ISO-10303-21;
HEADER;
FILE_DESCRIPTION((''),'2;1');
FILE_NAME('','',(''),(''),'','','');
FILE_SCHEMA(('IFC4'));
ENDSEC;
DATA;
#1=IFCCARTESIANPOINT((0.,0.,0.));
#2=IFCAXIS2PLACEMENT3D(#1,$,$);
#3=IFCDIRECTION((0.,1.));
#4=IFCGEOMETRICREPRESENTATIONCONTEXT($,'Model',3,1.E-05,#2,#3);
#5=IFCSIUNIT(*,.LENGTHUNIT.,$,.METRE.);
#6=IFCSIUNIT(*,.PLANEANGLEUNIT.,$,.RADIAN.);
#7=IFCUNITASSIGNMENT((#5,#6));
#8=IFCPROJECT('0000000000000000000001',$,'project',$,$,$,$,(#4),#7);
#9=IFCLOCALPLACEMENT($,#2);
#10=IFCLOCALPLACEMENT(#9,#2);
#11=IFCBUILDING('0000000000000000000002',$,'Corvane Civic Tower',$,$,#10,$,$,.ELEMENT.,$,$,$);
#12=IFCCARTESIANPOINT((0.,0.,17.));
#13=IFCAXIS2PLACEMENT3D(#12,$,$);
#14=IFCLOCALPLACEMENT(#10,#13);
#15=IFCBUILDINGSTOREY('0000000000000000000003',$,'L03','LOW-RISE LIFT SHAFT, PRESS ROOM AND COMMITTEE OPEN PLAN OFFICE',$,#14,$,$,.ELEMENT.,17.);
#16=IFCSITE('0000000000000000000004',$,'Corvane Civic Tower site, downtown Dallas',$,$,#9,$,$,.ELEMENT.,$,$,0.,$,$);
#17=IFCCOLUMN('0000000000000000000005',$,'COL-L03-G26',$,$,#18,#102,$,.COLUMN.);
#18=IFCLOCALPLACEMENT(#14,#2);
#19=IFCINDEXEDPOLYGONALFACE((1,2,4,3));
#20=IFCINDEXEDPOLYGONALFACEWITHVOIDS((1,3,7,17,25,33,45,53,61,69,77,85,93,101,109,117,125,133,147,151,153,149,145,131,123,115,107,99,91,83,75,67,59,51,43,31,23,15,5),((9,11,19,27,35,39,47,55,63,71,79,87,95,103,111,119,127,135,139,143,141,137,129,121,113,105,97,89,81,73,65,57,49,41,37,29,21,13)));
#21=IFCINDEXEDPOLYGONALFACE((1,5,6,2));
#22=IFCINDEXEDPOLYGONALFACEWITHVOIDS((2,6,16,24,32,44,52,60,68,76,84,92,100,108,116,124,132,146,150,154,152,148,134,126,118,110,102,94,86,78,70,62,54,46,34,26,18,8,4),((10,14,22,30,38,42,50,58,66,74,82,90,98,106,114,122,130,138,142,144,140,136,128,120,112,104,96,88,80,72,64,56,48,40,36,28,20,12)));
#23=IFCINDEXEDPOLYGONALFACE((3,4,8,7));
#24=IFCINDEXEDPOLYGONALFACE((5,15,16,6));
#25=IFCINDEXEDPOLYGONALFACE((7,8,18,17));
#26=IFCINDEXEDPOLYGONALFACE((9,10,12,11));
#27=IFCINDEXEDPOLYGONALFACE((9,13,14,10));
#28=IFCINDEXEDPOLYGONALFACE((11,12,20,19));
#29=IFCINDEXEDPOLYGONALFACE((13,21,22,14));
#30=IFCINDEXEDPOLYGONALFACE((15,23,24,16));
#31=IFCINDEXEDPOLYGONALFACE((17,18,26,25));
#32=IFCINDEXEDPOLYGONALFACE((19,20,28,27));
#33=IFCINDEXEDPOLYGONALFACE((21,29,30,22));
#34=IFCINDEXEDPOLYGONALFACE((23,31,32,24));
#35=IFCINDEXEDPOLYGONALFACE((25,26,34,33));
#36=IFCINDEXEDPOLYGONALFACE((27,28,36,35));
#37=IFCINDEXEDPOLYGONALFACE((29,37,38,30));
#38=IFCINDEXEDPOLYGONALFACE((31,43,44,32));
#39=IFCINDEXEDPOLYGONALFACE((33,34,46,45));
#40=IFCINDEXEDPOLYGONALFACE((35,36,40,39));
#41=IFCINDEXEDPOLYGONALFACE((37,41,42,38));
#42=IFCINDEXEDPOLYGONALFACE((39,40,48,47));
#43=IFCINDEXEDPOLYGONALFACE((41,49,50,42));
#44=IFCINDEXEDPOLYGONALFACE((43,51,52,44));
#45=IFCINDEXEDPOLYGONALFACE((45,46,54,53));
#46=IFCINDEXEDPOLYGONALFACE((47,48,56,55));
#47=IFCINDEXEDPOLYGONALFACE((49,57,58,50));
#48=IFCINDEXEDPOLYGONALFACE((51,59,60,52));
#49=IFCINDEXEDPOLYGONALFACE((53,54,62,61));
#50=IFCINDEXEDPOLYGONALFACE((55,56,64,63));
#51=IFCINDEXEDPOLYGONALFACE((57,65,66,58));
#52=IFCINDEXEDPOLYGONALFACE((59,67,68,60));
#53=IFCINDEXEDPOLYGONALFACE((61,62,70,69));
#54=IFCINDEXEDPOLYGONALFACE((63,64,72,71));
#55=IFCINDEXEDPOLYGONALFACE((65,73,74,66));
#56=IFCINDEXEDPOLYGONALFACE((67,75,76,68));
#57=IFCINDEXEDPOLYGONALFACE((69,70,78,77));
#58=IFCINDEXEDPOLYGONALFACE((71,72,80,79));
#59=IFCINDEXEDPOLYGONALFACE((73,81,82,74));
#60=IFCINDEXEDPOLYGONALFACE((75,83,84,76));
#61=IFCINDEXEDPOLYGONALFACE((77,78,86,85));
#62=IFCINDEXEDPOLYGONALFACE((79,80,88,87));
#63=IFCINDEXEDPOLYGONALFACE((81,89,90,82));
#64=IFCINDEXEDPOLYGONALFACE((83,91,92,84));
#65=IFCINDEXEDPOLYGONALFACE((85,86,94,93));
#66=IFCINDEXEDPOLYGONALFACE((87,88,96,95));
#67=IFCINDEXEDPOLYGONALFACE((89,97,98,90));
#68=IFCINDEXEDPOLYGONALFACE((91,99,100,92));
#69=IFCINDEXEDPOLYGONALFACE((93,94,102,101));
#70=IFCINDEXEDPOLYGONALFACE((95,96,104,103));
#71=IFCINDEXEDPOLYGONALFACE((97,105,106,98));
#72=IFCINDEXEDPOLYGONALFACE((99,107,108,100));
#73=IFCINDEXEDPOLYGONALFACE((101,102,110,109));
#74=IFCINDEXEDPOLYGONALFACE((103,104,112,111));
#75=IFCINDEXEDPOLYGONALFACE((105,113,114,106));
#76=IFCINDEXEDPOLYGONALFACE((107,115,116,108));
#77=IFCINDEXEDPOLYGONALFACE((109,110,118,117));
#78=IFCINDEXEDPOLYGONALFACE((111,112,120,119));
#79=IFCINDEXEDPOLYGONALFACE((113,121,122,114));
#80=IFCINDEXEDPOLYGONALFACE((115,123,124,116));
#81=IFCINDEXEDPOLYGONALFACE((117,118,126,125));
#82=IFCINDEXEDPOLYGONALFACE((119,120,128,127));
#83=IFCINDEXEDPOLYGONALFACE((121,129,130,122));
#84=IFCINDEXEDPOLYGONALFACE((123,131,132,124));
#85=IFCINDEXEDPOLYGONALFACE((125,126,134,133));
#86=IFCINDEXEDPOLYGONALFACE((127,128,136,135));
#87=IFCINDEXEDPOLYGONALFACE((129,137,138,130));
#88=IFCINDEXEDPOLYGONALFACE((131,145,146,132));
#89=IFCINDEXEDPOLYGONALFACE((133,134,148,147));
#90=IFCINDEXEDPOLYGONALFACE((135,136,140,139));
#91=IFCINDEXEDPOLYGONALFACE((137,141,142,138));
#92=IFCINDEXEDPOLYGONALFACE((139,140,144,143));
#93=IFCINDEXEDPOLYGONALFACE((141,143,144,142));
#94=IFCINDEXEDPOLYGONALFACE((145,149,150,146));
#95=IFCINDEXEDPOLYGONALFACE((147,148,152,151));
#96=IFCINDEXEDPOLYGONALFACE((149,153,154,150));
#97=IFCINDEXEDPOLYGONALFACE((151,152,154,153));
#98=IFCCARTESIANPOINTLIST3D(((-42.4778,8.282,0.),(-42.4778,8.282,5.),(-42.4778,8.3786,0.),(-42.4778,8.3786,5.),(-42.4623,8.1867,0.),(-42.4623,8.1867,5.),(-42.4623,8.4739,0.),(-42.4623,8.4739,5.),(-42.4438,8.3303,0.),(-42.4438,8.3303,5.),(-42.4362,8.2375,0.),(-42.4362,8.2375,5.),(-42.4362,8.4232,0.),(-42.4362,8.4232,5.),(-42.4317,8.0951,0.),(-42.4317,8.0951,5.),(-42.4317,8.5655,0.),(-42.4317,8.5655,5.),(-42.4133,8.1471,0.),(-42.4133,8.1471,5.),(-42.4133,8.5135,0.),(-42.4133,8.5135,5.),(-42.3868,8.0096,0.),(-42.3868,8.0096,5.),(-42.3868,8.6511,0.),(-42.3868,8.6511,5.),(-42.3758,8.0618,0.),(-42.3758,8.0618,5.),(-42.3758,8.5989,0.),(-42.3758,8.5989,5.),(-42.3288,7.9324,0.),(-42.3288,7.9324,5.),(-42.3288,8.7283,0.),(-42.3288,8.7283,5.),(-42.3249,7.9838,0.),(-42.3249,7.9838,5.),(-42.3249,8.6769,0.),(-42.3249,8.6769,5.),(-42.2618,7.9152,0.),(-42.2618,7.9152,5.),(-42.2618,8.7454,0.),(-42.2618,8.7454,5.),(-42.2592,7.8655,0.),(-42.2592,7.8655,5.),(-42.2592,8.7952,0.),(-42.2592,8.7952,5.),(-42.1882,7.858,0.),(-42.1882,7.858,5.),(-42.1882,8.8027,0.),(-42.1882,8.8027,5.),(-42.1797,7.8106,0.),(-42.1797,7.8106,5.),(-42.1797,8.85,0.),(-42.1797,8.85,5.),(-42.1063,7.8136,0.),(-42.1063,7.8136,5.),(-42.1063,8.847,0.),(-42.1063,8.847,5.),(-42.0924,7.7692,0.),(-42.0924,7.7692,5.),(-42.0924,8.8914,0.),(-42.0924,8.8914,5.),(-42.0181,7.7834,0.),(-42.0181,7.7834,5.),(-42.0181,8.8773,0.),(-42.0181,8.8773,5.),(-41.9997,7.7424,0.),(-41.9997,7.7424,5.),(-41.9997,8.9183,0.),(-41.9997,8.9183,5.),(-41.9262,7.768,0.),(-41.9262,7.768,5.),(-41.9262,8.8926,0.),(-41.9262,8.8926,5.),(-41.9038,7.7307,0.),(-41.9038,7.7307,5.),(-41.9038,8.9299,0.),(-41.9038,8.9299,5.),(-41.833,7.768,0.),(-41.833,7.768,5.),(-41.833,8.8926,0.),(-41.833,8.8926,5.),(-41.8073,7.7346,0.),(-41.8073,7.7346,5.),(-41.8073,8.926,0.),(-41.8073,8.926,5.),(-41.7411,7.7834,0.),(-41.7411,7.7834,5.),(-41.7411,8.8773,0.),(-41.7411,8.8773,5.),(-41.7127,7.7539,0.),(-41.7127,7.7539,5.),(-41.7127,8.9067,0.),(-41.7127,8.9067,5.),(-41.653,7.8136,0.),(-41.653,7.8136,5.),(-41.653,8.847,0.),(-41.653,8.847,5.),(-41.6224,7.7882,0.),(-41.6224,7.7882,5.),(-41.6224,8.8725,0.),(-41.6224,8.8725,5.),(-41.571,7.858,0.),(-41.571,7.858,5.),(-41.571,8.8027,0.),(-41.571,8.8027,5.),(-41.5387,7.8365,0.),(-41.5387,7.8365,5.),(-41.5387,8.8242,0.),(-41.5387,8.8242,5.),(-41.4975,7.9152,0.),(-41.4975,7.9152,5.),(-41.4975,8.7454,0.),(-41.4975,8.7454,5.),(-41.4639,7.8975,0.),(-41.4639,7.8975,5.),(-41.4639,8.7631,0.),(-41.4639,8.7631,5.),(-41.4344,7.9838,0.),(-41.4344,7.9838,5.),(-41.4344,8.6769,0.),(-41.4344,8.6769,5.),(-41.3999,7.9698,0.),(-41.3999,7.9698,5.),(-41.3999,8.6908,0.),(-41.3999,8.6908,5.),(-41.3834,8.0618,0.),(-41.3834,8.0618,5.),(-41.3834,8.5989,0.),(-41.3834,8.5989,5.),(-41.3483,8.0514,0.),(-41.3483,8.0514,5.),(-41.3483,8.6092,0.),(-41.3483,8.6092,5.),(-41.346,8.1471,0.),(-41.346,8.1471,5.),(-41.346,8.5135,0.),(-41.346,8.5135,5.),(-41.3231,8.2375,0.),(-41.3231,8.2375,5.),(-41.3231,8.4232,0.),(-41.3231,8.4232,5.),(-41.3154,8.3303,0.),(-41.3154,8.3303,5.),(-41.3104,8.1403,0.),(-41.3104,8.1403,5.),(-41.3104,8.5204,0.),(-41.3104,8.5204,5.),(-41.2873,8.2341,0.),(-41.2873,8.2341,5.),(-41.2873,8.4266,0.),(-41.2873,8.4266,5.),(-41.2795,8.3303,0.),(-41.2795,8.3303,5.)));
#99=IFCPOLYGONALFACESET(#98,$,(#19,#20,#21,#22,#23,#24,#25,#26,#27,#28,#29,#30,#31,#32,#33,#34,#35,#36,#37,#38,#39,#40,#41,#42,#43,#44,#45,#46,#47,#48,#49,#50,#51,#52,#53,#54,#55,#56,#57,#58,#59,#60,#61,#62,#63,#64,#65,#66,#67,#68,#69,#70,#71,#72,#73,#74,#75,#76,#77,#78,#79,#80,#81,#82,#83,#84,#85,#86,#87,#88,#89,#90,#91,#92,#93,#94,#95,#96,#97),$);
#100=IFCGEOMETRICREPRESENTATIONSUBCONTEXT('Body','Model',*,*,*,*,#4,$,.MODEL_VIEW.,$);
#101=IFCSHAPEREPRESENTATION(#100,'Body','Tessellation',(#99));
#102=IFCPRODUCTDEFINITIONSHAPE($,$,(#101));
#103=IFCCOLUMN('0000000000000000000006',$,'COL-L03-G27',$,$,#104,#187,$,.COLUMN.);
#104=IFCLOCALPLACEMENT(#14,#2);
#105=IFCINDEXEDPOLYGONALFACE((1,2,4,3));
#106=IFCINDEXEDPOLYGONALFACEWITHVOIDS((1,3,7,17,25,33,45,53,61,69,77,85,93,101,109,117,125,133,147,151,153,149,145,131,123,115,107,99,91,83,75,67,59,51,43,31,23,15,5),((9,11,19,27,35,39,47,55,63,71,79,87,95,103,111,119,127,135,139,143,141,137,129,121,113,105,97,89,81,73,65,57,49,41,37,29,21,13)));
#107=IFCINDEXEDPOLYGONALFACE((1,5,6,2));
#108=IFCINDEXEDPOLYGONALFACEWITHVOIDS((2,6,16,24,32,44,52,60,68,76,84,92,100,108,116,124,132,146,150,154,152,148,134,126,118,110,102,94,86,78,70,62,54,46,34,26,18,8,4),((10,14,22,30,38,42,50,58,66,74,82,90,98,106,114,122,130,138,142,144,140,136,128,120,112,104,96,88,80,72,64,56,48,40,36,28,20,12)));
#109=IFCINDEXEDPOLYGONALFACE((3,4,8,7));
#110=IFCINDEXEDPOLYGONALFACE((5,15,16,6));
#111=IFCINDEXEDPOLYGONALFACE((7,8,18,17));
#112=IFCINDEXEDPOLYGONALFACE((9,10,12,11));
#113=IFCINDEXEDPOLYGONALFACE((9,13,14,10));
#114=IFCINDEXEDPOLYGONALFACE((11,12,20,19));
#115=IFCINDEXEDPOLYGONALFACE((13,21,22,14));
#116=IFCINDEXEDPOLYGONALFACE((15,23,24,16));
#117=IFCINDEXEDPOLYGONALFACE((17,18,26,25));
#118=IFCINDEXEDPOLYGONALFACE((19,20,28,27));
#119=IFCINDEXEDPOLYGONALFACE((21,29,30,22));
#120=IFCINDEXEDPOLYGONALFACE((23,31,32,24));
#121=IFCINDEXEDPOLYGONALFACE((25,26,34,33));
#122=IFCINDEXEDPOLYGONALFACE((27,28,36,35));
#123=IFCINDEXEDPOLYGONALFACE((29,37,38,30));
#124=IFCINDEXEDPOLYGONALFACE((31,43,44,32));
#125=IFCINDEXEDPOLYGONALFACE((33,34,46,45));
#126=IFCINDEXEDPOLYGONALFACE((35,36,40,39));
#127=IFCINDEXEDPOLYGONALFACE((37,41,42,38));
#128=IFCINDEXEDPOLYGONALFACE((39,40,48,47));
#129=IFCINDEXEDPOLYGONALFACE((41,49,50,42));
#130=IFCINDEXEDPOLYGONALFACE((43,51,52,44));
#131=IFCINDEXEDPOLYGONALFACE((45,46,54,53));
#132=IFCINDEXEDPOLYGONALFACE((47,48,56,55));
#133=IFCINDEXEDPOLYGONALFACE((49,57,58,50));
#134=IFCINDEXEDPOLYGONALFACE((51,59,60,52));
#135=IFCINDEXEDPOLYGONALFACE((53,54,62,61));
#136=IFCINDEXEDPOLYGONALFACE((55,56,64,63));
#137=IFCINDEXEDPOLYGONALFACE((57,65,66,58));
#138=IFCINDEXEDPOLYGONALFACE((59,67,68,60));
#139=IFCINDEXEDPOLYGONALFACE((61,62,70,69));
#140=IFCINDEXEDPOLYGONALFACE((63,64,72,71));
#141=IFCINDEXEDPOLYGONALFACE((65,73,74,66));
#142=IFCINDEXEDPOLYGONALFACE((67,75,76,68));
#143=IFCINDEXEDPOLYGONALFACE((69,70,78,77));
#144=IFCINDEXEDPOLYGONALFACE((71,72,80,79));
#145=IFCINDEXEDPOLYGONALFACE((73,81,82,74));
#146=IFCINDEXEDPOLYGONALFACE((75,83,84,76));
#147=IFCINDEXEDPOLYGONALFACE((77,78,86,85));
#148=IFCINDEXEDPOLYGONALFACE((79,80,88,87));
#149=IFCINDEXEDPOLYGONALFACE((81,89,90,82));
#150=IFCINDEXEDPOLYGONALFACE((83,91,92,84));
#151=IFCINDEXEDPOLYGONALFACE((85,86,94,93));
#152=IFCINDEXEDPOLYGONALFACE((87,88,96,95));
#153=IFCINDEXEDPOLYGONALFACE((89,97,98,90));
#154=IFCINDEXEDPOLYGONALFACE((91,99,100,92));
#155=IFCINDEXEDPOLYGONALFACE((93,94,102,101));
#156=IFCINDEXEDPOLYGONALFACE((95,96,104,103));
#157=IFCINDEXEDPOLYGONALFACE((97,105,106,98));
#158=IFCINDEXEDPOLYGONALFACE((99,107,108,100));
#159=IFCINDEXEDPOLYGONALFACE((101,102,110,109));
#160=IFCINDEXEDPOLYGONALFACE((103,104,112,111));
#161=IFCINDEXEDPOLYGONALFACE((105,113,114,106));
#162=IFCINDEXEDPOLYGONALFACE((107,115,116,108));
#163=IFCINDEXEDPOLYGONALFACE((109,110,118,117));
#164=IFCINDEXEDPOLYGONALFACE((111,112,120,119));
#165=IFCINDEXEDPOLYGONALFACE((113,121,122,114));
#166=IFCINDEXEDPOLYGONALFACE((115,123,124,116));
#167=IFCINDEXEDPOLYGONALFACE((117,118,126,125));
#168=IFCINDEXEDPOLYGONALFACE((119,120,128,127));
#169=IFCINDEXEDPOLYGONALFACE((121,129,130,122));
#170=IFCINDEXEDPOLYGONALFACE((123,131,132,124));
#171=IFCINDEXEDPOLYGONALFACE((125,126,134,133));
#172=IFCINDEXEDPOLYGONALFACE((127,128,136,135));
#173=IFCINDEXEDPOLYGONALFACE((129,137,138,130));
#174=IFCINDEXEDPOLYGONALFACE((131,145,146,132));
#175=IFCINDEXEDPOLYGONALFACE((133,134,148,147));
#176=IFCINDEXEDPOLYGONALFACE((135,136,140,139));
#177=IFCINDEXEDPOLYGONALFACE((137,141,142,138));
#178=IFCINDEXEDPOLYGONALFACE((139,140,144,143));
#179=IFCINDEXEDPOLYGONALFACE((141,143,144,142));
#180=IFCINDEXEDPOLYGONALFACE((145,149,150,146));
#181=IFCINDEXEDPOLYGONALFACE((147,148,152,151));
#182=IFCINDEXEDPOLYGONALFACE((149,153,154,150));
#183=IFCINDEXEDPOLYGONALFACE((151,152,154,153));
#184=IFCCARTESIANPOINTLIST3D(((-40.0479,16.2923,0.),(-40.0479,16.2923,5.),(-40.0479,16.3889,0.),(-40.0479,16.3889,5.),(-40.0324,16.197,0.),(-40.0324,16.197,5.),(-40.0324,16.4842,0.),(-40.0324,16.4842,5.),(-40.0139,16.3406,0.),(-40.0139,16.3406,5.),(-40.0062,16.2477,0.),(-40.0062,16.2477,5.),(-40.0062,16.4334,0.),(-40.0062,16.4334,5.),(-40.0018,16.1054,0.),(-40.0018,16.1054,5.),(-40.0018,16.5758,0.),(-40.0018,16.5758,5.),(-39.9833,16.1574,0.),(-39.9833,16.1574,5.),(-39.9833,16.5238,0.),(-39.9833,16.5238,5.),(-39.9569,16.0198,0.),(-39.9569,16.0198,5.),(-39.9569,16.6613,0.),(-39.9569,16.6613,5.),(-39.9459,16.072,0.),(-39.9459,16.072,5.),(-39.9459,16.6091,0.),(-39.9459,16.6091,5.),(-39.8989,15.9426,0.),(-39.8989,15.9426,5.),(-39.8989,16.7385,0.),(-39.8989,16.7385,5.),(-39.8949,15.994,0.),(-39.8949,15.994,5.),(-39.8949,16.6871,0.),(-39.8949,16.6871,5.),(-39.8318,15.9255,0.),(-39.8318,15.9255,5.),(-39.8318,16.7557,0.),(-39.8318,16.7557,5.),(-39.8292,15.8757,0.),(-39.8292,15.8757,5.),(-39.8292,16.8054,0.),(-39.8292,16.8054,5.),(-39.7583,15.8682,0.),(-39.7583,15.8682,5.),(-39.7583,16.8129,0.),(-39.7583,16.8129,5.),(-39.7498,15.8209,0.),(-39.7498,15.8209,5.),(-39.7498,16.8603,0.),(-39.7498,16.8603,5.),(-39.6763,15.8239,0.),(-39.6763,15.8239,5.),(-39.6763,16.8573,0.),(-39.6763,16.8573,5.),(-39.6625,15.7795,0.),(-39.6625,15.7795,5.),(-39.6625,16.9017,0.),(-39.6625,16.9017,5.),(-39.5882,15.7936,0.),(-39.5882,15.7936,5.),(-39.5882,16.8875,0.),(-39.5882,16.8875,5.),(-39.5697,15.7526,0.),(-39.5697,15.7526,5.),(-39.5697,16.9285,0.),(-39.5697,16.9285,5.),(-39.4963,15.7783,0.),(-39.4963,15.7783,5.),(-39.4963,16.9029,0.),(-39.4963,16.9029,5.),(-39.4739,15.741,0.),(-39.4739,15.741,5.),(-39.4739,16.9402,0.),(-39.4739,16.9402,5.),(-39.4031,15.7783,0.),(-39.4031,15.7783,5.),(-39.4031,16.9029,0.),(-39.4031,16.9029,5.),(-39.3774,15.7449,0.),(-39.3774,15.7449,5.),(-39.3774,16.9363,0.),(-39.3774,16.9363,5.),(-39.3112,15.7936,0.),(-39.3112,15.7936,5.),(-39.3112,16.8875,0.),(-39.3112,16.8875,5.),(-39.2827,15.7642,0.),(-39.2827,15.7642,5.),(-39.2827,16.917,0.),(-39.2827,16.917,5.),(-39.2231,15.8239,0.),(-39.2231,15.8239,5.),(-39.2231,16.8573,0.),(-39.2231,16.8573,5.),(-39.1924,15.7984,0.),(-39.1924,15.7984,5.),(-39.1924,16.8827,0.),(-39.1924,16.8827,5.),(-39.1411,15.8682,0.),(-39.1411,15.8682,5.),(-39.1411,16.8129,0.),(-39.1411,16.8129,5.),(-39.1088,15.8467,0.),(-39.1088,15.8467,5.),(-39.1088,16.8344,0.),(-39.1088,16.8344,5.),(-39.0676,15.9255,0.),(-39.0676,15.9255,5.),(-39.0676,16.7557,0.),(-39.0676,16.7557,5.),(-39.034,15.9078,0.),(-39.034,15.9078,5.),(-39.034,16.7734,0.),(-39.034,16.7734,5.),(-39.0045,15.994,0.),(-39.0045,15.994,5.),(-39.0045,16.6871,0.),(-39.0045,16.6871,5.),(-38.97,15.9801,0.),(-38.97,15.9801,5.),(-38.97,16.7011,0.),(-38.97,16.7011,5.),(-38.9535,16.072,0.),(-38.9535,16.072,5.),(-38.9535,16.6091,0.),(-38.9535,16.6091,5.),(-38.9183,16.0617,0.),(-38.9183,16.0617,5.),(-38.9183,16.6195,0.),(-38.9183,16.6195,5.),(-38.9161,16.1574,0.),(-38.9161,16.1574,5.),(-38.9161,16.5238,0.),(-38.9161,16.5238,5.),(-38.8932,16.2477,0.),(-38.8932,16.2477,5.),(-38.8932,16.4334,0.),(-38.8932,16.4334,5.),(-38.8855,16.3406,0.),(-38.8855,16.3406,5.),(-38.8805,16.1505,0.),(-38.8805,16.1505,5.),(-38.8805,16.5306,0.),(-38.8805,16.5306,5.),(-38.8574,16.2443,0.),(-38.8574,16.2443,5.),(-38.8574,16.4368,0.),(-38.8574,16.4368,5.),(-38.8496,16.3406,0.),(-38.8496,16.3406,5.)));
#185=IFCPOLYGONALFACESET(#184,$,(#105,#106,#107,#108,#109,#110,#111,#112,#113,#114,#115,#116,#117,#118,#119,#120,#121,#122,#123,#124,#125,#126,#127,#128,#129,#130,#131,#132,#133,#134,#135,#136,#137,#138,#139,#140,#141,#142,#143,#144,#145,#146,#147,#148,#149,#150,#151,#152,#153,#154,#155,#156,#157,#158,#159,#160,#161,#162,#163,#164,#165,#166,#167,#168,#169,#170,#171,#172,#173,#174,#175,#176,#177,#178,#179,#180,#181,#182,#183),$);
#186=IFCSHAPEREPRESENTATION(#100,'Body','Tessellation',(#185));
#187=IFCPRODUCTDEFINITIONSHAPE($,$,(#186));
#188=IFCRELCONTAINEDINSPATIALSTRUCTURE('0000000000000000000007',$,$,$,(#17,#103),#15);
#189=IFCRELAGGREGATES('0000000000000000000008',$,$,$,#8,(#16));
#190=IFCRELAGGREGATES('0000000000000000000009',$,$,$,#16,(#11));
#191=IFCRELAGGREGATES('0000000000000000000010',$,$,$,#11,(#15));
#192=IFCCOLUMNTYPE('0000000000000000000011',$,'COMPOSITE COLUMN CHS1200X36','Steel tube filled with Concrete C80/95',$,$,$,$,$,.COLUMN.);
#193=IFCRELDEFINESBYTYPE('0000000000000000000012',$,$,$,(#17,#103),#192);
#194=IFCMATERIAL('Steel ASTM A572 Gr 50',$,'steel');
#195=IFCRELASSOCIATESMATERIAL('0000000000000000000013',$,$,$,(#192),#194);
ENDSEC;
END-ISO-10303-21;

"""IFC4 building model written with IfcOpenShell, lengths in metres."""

from ifc_helpers import new_model, si_unit, direction, frame, origin, origin_2d, place, context, subcontext, project, spatial, hollow_circle, extrude, material, material_profile, profile_set, type_object, element, save


model = new_model("IFC4")

# Units and contexts
model_context = context("Model", 3, precision=1e-05, world=origin(), true_north=direction((0.0, 1.0)))
body_context = subcontext(model_context, "Body", "Model", "MODEL_VIEW")
ifc_project = project(units=[si_unit("LENGTHUNIT", "METRE"), si_unit("PLANEANGLEUNIT", "RADIAN")], contexts=[model_context])

# Site, building, storey
site_placement = place(None, origin())
site = spatial("IfcSite", under=ifc_project, at=site_placement, Name="Corvane Civic Tower site, downtown Dallas", CompositionType="ELEMENT", RefElevation=0.0)
building_placement = place(site_placement, origin())
building = spatial("IfcBuilding", under=site, at=building_placement, Name="Corvane Civic Tower", CompositionType="ELEMENT")
storey_placement = place(building_placement, frame((0.0, 0.0, 17.0)))
storey = spatial("IfcBuildingStorey", under=building, at=storey_placement, Name="L03", Description="LOW-RISE LIFT SHAFT, PRESS ROOM AND COMMITTEE OPEN PLAN OFFICE", CompositionType="ELEMENT", Elevation=17.0)

# Columns
ifc_material_1 = material(Name="Steel ASTM A572 Gr 50", Category="steel")
ifc_material_profile_1 = material_profile(ifc_material_1, hollow_circle(Radius=0.6001, WallThickness=0.0359, at=origin_2d()), Name="CHS1200X36")
ifc_profile_set_1 = profile_set([ifc_material_profile_1], Name="Steel ASTM A572 Gr 50")
column_type_1 = type_object("IfcColumnType", Name="COMPOSITE COLUMN CHS1200X36", Description="Steel tube filled with Concrete C80/95", PredefinedType="COLUMN", material=ifc_profile_set_1)
for number, where, z_axis, x_axis, name in (
    (1, (-41.8796, 8.3303, 0.0), (0.0, 0.0, 1.0), (1.0, 0.0, 0.0), "COL-L03-G26"),
    (2, (-39.4497, 16.3406, 0.0), (0.0, 0.0, 1.0), (1.0, 0.0, 0.0), "COL-L03-G27"),
):
    element("IfcColumn", number, at=place(storey_placement, frame(where, z_axis=z_axis, x_axis=x_axis)), inside=storey, type_object=column_type_1, Name=name, PredefinedType="COLUMN", context=body_context, shape_type="SweptSolid", body=[
        extrude(hollow_circle(Radius=0.6001, WallThickness=0.0359, at=origin_2d()), origin(), (0.0, 0.0, 1.0), 5.0),
    ])

save(model, "model.ifc")
